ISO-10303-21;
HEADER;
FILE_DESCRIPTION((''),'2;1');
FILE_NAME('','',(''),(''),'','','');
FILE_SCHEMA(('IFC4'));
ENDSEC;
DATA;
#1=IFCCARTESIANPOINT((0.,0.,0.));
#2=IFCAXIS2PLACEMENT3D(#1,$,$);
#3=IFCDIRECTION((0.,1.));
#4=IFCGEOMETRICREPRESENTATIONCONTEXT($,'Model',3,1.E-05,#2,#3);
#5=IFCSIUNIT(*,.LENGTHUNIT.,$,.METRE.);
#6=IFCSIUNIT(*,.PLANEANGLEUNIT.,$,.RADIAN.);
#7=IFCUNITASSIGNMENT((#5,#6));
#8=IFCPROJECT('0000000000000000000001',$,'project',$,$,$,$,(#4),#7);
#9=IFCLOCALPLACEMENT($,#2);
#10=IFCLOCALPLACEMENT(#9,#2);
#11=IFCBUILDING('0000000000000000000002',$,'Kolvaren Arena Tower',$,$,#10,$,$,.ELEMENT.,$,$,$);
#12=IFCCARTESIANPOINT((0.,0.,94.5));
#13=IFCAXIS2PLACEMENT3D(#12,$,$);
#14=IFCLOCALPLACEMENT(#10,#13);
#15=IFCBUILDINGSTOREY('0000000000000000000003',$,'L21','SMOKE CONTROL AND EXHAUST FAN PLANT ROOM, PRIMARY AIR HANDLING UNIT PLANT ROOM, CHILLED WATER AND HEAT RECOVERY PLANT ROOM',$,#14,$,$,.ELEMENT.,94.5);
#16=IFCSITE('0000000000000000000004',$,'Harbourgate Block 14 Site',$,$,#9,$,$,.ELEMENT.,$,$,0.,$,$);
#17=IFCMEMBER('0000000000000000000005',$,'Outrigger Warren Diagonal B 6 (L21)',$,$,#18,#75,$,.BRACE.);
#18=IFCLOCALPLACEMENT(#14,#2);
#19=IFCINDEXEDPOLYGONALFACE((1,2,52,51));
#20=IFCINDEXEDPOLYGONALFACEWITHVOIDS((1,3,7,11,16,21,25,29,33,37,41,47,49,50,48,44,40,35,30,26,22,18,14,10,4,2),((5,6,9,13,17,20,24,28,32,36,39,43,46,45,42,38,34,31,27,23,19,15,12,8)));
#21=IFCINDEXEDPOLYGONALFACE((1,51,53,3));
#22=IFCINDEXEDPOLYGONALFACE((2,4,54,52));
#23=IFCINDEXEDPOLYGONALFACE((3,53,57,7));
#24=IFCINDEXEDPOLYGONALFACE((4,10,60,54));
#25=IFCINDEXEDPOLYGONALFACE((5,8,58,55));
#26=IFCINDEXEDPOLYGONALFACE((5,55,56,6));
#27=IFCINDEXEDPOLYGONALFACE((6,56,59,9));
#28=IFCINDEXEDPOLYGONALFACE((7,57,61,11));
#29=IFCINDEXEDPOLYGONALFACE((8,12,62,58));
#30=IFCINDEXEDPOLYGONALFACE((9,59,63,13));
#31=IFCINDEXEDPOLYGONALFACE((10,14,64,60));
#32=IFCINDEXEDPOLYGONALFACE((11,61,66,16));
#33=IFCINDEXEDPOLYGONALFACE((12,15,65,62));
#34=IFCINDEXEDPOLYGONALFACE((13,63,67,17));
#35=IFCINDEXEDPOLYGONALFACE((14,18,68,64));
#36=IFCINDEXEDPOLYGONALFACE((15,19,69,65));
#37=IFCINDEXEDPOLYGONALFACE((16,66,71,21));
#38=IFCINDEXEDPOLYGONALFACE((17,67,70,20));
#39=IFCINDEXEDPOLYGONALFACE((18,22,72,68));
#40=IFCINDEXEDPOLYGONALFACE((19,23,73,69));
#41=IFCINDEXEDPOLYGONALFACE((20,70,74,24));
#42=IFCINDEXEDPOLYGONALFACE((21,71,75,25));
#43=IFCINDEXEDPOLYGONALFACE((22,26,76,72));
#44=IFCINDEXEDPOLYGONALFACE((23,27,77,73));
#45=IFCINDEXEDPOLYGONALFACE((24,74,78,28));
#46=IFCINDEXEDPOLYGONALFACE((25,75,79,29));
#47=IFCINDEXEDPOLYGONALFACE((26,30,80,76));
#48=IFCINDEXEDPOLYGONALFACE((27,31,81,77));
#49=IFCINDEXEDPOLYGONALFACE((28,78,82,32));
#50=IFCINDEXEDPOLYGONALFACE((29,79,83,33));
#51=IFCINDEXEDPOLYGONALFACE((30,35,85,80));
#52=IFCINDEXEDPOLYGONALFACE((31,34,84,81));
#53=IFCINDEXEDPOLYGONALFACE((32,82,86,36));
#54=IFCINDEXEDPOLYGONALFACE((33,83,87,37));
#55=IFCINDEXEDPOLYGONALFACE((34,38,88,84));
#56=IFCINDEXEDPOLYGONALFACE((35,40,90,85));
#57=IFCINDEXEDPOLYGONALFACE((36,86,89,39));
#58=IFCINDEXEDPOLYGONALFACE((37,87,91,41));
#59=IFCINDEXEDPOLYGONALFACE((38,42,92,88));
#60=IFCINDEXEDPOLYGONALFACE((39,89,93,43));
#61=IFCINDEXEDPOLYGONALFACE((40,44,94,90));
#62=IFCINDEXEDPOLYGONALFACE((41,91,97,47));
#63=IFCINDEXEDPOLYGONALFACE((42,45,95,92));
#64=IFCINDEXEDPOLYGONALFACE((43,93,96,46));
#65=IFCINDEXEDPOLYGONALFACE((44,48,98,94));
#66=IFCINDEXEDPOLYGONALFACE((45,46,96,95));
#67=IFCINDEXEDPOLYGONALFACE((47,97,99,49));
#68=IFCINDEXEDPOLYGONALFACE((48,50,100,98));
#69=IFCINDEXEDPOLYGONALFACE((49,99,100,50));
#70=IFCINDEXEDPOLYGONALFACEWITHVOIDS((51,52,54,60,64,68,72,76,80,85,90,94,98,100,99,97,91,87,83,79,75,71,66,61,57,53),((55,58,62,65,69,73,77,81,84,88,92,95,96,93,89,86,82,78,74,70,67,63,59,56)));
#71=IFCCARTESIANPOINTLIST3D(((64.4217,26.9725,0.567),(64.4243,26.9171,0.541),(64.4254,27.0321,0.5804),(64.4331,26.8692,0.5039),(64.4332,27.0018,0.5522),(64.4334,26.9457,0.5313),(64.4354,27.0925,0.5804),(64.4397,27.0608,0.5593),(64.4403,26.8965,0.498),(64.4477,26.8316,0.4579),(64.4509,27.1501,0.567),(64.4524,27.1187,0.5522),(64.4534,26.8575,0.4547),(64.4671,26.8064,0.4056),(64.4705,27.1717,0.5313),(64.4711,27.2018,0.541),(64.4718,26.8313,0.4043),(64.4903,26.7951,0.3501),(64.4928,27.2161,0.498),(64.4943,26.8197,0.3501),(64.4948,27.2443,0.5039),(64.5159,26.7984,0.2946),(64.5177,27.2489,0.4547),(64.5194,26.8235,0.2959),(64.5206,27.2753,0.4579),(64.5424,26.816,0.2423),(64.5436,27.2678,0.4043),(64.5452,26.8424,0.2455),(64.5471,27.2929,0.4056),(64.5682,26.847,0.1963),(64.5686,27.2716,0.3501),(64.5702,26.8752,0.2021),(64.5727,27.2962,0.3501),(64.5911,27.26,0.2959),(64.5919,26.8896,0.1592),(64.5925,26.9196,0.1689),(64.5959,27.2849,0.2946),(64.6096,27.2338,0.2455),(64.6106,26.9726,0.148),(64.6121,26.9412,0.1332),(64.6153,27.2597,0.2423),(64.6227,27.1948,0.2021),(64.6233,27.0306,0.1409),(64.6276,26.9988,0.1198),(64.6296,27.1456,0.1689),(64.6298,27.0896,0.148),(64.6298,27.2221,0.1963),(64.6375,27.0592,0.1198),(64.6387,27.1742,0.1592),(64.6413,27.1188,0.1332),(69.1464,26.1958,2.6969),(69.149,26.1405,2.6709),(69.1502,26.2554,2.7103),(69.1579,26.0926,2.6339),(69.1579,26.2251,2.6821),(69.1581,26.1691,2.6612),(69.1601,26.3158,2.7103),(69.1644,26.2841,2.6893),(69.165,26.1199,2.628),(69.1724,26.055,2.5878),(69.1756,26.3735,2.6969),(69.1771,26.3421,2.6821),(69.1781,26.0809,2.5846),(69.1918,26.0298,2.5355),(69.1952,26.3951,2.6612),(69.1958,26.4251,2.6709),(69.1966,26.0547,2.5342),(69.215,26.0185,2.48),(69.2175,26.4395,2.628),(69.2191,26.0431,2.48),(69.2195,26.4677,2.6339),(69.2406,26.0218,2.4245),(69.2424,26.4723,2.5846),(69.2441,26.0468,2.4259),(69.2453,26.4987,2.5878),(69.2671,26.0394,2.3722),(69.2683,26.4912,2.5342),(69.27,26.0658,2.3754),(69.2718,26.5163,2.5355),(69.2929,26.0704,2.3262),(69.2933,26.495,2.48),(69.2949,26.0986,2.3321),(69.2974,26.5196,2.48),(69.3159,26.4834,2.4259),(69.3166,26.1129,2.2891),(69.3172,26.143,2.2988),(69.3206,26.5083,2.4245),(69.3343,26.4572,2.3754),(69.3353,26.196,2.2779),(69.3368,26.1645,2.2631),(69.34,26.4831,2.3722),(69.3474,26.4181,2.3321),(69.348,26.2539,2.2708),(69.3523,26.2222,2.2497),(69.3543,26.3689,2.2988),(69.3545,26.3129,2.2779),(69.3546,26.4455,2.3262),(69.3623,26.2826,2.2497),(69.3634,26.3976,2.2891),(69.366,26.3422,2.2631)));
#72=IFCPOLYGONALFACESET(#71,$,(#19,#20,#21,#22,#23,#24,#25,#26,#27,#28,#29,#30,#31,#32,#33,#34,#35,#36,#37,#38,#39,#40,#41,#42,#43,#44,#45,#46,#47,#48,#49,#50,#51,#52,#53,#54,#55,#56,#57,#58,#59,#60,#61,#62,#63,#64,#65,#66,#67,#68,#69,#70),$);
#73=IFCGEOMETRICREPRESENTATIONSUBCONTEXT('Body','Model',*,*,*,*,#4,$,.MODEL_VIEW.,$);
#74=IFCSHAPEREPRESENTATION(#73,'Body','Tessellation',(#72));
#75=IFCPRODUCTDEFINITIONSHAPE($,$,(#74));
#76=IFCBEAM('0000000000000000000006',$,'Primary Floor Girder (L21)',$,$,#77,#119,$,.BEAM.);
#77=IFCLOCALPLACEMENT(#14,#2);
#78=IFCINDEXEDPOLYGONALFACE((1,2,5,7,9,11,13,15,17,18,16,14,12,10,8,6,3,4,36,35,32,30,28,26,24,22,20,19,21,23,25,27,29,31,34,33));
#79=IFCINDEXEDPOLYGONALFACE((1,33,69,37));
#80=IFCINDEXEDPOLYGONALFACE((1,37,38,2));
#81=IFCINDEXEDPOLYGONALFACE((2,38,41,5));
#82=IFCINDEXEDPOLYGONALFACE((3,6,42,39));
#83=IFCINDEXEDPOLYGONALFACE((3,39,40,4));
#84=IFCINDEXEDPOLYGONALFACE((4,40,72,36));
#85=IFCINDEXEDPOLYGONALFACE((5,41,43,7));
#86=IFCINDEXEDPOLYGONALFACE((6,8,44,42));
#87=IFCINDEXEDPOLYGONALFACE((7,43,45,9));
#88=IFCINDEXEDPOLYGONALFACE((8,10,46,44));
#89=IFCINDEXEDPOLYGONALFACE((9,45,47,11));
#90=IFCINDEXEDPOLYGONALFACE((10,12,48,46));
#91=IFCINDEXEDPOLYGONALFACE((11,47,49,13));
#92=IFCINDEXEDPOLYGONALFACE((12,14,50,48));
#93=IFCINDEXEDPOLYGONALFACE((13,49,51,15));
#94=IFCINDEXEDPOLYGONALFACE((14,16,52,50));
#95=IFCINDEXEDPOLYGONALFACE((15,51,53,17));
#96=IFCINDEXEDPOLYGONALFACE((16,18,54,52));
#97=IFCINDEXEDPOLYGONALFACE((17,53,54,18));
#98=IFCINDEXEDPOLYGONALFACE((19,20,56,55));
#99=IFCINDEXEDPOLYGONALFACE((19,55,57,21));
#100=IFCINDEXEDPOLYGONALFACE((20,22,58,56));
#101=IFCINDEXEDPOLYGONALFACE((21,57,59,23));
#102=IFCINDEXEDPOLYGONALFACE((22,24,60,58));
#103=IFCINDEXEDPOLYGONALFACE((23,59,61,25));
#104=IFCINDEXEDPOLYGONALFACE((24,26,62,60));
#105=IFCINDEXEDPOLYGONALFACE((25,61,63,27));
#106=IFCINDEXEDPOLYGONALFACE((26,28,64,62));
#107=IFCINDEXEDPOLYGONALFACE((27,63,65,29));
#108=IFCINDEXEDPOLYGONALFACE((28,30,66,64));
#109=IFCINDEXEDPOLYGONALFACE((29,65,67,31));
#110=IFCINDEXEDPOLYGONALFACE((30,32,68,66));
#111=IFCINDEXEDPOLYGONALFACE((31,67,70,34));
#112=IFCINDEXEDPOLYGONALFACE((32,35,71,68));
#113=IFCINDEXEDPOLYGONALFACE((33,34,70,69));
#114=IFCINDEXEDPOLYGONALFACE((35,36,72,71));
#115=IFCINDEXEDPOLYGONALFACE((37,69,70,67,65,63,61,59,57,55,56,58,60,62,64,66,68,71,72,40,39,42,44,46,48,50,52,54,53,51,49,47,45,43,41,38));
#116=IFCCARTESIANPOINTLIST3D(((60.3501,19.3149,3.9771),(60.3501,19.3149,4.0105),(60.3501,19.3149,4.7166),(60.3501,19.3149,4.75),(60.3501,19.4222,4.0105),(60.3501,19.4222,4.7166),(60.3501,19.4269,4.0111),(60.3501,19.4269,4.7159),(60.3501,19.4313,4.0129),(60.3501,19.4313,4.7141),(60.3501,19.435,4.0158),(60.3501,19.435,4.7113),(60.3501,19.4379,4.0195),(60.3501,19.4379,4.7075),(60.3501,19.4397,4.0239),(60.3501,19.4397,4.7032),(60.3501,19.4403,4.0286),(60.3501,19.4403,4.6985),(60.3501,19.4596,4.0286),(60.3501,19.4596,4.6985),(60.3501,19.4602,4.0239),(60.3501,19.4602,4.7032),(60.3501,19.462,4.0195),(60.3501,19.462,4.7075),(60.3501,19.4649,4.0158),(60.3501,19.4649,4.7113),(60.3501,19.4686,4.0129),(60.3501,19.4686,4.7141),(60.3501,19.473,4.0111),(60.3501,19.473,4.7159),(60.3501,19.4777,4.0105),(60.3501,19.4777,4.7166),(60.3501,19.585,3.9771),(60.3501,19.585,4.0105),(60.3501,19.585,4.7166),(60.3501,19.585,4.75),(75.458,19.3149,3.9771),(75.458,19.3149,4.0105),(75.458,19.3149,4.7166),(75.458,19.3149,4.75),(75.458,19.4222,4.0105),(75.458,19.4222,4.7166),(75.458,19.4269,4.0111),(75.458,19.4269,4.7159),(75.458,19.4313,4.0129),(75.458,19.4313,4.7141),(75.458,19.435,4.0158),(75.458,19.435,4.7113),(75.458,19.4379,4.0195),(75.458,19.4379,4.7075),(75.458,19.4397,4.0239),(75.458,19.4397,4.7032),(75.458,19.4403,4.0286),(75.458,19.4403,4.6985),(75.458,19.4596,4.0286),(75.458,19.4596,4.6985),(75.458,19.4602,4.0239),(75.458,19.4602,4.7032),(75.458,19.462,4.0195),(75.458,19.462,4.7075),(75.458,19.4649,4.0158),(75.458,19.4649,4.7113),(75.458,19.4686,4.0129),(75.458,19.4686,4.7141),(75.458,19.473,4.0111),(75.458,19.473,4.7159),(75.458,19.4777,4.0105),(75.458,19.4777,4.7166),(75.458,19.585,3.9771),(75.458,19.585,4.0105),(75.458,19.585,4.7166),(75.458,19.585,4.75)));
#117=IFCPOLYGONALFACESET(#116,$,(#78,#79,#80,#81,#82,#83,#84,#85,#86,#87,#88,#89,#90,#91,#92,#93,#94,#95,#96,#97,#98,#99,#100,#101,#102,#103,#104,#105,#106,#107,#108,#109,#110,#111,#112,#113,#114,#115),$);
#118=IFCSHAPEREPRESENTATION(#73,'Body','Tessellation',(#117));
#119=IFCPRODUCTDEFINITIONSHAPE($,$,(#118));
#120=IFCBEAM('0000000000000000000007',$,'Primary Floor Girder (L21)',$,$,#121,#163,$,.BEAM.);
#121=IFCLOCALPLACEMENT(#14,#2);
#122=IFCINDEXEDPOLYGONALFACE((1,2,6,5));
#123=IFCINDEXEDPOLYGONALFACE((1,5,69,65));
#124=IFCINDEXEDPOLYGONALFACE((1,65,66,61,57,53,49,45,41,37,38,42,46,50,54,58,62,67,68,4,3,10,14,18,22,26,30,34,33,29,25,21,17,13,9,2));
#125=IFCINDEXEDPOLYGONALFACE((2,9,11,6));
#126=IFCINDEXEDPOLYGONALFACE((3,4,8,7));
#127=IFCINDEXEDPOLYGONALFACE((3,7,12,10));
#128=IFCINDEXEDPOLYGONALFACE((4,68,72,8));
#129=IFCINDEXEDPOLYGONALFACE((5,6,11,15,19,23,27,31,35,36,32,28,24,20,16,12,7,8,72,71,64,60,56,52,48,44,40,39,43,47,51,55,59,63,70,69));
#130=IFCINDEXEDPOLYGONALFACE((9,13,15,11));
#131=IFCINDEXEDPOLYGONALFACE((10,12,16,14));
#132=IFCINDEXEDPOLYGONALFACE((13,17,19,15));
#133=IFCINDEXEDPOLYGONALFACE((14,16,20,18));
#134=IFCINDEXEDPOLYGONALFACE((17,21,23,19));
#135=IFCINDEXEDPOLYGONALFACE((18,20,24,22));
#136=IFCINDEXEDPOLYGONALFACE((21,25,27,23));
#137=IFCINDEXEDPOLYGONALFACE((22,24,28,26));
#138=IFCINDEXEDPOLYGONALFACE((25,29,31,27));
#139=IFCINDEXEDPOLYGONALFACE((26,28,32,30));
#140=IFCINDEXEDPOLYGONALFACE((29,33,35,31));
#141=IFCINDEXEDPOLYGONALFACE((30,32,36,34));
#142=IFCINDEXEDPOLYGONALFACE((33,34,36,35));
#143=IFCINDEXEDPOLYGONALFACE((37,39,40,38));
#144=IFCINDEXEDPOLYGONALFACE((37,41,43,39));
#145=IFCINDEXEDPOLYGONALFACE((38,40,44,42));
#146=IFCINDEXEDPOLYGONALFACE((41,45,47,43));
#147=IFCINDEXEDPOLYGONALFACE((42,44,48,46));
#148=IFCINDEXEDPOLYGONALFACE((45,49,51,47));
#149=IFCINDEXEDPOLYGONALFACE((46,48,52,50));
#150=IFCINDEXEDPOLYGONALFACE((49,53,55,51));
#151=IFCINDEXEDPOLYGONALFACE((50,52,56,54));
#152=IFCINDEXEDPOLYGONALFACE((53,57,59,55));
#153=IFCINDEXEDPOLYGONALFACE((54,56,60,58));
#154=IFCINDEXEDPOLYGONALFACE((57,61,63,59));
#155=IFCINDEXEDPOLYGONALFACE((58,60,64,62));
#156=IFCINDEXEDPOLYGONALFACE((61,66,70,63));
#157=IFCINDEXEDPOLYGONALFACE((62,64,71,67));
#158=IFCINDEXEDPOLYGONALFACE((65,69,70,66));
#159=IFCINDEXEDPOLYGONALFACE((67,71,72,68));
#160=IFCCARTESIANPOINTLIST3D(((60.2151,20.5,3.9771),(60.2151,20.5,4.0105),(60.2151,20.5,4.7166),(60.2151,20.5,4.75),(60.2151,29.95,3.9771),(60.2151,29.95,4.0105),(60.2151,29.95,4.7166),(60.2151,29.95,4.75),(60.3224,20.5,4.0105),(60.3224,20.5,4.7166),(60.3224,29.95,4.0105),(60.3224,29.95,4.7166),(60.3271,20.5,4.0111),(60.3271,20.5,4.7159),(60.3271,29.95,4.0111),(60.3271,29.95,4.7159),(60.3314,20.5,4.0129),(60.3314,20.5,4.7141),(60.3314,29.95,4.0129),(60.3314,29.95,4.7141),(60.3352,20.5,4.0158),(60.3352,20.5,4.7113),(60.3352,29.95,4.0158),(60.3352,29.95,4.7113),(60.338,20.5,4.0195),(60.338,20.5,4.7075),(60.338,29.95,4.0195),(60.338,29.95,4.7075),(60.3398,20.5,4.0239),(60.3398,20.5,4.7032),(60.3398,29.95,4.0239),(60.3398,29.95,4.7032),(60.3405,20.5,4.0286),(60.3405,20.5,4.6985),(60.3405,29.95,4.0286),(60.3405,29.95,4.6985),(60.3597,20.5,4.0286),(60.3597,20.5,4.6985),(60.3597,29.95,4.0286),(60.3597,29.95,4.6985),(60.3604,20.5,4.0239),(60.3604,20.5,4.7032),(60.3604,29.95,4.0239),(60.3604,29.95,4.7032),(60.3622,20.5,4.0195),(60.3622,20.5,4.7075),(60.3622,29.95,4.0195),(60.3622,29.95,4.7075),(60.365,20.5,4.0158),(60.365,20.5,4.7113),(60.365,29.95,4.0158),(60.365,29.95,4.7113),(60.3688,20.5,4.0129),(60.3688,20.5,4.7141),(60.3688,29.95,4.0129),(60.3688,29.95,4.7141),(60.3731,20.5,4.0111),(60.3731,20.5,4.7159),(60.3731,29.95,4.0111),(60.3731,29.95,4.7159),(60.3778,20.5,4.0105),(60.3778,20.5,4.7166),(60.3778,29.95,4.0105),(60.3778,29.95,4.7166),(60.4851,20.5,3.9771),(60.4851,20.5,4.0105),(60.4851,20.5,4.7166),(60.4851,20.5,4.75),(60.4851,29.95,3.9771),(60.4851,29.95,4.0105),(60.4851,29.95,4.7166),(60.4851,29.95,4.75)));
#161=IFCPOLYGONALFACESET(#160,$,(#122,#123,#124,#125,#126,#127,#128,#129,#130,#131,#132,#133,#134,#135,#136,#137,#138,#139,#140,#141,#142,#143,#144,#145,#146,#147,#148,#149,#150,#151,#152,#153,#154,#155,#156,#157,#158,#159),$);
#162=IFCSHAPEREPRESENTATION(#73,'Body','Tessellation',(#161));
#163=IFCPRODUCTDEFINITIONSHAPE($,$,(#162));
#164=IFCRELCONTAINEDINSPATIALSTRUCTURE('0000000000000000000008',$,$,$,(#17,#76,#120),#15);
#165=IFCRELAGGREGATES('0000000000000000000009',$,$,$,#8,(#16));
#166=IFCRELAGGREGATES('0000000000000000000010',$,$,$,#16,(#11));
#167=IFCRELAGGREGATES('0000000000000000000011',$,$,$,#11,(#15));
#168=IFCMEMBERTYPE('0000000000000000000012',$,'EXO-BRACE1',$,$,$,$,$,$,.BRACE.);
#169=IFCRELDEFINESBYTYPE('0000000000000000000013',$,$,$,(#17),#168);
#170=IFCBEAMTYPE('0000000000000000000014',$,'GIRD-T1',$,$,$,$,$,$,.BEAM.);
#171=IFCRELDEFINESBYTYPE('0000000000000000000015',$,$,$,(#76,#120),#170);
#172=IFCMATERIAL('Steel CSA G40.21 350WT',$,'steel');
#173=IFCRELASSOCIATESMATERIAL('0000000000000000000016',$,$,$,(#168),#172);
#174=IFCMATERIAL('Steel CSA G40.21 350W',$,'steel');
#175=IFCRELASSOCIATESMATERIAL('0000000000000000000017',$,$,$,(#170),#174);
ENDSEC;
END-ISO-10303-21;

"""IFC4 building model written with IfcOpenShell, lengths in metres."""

from ifc_helpers import new_model, si_unit, direction, frame, origin, origin_2d, place, context, subcontext, project, spatial, hollow_circle, i_section, extrude, material, material_profile, profile_set, type_object, element, save


model = new_model("IFC4")

# Units and contexts
model_context = context("Model", 3, precision=1e-05, world=origin(), true_north=direction((0.0, 1.0)))
body_context = subcontext(model_context, "Body", "Model", "MODEL_VIEW")
ifc_project = project(units=[si_unit("LENGTHUNIT", "METRE"), si_unit("PLANEANGLEUNIT", "RADIAN")], contexts=[model_context])

# Site, building, storey
site_placement = place(None, origin())
site = spatial("IfcSite", under=ifc_project, at=site_placement, Name="Harbourgate Block 14 Site", CompositionType="ELEMENT", RefElevation=0.0)
building_placement = place(site_placement, origin())
building = spatial("IfcBuilding", under=site, at=building_placement, Name="Kolvaren Arena Tower", CompositionType="ELEMENT")
storey_placement = place(building_placement, frame((0.0, 0.0, 94.5)))
storey = spatial("IfcBuildingStorey", under=building, at=storey_placement, Name="L21", Description="SMOKE CONTROL AND EXHAUST FAN PLANT ROOM, PRIMARY AIR HANDLING UNIT PLANT ROOM, CHILLED WATER AND HEAT RECOVERY PLANT ROOM", CompositionType="ELEMENT", Elevation=94.5)

# Shared definitions
ifc_material_1 = material(Name="Steel CSA G40.21 350W", Category="steel")

# Member
ifc_material_2 = material(Name="Steel CSA G40.21 350WT", Category="steel")
ifc_material_profile_1 = material_profile(ifc_material_2, hollow_circle(Radius=0.2539, WallThickness=0.0249, at=origin_2d()), Name="CHS 508x25")
ifc_profile_set_1 = profile_set([ifc_material_profile_1], Name="Steel CSA G40.21 350WT")
member_type_1 = type_object("IfcMemberType", Name="EXO-BRACE1", PredefinedType="BRACE", material=ifc_profile_set_1)
member_1_placement = place(storey_placement, frame((64.5315, 27.0457, 0.3501), z_axis=(0.90158, -0.148198, 0.406438), x_axis=(0.162199, 0.986758, 0.0)))
element("IfcMember", 1, at=member_1_placement, inside=storey, type_object=member_type_1, Name="Outrigger Warren Diagonal B 6 (L21)", PredefinedType="BRACE", context=body_context, shape_type="SweptSolid", body=[
    extrude(hollow_circle(Radius=0.2539, WallThickness=0.0249, at=origin_2d()), origin(), (0.0, 0.0, 1.0), 5.2405),
])

# Beams
ifc_material_profile_2 = material_profile(ifc_material_1, i_section(OverallWidth=0.27, OverallDepth=0.7729, WebThickness=0.0193, FlangeThickness=0.0334, FilletRadius=0.0181, at=origin_2d()), Name="W760x257")
ifc_profile_set_2 = profile_set([ifc_material_profile_2], Name="Steel CSA G40.21 350W")
beam_type_1 = type_object("IfcBeamType", Name="GIRD-T1", PredefinedType="BEAM", material=ifc_profile_set_2)
beam_1_placement = place(storey_placement, frame((60.3501, 19.45, 4.3635), z_axis=(1.0, 0.0, 0.0), x_axis=(0.0, 1.0, 0.0)))
element("IfcBeam", 2, at=beam_1_placement, inside=storey, type_object=beam_type_1, Name="Primary Floor Girder (L21)", PredefinedType="BEAM", context=body_context, shape_type="SweptSolid", body=[
    extrude(i_section(OverallWidth=0.27, OverallDepth=0.7729, WebThickness=0.0193, FlangeThickness=0.0334, FilletRadius=0.0181, at=origin_2d()), origin(), (0.0, 0.0, 1.0), 15.1079),
])
beam_2_placement = place(storey_placement, frame((60.3501, 20.5, 4.3635), z_axis=(0.0, 1.0, 0.0), x_axis=(-1.0, 0.0, 0.0)))
element("IfcBeam", 3, at=beam_2_placement, inside=storey, type_object=beam_type_1, Name="Primary Floor Girder (L21)", PredefinedType="BEAM", context=body_context, shape_type="SweptSolid", body=[
    extrude(i_section(OverallWidth=0.27, OverallDepth=0.7729, WebThickness=0.0193, FlangeThickness=0.0334, FilletRadius=0.0181, at=origin_2d()), origin(), (0.0, 0.0, 1.0), 9.45),
])

save(model, "model.ifc")
